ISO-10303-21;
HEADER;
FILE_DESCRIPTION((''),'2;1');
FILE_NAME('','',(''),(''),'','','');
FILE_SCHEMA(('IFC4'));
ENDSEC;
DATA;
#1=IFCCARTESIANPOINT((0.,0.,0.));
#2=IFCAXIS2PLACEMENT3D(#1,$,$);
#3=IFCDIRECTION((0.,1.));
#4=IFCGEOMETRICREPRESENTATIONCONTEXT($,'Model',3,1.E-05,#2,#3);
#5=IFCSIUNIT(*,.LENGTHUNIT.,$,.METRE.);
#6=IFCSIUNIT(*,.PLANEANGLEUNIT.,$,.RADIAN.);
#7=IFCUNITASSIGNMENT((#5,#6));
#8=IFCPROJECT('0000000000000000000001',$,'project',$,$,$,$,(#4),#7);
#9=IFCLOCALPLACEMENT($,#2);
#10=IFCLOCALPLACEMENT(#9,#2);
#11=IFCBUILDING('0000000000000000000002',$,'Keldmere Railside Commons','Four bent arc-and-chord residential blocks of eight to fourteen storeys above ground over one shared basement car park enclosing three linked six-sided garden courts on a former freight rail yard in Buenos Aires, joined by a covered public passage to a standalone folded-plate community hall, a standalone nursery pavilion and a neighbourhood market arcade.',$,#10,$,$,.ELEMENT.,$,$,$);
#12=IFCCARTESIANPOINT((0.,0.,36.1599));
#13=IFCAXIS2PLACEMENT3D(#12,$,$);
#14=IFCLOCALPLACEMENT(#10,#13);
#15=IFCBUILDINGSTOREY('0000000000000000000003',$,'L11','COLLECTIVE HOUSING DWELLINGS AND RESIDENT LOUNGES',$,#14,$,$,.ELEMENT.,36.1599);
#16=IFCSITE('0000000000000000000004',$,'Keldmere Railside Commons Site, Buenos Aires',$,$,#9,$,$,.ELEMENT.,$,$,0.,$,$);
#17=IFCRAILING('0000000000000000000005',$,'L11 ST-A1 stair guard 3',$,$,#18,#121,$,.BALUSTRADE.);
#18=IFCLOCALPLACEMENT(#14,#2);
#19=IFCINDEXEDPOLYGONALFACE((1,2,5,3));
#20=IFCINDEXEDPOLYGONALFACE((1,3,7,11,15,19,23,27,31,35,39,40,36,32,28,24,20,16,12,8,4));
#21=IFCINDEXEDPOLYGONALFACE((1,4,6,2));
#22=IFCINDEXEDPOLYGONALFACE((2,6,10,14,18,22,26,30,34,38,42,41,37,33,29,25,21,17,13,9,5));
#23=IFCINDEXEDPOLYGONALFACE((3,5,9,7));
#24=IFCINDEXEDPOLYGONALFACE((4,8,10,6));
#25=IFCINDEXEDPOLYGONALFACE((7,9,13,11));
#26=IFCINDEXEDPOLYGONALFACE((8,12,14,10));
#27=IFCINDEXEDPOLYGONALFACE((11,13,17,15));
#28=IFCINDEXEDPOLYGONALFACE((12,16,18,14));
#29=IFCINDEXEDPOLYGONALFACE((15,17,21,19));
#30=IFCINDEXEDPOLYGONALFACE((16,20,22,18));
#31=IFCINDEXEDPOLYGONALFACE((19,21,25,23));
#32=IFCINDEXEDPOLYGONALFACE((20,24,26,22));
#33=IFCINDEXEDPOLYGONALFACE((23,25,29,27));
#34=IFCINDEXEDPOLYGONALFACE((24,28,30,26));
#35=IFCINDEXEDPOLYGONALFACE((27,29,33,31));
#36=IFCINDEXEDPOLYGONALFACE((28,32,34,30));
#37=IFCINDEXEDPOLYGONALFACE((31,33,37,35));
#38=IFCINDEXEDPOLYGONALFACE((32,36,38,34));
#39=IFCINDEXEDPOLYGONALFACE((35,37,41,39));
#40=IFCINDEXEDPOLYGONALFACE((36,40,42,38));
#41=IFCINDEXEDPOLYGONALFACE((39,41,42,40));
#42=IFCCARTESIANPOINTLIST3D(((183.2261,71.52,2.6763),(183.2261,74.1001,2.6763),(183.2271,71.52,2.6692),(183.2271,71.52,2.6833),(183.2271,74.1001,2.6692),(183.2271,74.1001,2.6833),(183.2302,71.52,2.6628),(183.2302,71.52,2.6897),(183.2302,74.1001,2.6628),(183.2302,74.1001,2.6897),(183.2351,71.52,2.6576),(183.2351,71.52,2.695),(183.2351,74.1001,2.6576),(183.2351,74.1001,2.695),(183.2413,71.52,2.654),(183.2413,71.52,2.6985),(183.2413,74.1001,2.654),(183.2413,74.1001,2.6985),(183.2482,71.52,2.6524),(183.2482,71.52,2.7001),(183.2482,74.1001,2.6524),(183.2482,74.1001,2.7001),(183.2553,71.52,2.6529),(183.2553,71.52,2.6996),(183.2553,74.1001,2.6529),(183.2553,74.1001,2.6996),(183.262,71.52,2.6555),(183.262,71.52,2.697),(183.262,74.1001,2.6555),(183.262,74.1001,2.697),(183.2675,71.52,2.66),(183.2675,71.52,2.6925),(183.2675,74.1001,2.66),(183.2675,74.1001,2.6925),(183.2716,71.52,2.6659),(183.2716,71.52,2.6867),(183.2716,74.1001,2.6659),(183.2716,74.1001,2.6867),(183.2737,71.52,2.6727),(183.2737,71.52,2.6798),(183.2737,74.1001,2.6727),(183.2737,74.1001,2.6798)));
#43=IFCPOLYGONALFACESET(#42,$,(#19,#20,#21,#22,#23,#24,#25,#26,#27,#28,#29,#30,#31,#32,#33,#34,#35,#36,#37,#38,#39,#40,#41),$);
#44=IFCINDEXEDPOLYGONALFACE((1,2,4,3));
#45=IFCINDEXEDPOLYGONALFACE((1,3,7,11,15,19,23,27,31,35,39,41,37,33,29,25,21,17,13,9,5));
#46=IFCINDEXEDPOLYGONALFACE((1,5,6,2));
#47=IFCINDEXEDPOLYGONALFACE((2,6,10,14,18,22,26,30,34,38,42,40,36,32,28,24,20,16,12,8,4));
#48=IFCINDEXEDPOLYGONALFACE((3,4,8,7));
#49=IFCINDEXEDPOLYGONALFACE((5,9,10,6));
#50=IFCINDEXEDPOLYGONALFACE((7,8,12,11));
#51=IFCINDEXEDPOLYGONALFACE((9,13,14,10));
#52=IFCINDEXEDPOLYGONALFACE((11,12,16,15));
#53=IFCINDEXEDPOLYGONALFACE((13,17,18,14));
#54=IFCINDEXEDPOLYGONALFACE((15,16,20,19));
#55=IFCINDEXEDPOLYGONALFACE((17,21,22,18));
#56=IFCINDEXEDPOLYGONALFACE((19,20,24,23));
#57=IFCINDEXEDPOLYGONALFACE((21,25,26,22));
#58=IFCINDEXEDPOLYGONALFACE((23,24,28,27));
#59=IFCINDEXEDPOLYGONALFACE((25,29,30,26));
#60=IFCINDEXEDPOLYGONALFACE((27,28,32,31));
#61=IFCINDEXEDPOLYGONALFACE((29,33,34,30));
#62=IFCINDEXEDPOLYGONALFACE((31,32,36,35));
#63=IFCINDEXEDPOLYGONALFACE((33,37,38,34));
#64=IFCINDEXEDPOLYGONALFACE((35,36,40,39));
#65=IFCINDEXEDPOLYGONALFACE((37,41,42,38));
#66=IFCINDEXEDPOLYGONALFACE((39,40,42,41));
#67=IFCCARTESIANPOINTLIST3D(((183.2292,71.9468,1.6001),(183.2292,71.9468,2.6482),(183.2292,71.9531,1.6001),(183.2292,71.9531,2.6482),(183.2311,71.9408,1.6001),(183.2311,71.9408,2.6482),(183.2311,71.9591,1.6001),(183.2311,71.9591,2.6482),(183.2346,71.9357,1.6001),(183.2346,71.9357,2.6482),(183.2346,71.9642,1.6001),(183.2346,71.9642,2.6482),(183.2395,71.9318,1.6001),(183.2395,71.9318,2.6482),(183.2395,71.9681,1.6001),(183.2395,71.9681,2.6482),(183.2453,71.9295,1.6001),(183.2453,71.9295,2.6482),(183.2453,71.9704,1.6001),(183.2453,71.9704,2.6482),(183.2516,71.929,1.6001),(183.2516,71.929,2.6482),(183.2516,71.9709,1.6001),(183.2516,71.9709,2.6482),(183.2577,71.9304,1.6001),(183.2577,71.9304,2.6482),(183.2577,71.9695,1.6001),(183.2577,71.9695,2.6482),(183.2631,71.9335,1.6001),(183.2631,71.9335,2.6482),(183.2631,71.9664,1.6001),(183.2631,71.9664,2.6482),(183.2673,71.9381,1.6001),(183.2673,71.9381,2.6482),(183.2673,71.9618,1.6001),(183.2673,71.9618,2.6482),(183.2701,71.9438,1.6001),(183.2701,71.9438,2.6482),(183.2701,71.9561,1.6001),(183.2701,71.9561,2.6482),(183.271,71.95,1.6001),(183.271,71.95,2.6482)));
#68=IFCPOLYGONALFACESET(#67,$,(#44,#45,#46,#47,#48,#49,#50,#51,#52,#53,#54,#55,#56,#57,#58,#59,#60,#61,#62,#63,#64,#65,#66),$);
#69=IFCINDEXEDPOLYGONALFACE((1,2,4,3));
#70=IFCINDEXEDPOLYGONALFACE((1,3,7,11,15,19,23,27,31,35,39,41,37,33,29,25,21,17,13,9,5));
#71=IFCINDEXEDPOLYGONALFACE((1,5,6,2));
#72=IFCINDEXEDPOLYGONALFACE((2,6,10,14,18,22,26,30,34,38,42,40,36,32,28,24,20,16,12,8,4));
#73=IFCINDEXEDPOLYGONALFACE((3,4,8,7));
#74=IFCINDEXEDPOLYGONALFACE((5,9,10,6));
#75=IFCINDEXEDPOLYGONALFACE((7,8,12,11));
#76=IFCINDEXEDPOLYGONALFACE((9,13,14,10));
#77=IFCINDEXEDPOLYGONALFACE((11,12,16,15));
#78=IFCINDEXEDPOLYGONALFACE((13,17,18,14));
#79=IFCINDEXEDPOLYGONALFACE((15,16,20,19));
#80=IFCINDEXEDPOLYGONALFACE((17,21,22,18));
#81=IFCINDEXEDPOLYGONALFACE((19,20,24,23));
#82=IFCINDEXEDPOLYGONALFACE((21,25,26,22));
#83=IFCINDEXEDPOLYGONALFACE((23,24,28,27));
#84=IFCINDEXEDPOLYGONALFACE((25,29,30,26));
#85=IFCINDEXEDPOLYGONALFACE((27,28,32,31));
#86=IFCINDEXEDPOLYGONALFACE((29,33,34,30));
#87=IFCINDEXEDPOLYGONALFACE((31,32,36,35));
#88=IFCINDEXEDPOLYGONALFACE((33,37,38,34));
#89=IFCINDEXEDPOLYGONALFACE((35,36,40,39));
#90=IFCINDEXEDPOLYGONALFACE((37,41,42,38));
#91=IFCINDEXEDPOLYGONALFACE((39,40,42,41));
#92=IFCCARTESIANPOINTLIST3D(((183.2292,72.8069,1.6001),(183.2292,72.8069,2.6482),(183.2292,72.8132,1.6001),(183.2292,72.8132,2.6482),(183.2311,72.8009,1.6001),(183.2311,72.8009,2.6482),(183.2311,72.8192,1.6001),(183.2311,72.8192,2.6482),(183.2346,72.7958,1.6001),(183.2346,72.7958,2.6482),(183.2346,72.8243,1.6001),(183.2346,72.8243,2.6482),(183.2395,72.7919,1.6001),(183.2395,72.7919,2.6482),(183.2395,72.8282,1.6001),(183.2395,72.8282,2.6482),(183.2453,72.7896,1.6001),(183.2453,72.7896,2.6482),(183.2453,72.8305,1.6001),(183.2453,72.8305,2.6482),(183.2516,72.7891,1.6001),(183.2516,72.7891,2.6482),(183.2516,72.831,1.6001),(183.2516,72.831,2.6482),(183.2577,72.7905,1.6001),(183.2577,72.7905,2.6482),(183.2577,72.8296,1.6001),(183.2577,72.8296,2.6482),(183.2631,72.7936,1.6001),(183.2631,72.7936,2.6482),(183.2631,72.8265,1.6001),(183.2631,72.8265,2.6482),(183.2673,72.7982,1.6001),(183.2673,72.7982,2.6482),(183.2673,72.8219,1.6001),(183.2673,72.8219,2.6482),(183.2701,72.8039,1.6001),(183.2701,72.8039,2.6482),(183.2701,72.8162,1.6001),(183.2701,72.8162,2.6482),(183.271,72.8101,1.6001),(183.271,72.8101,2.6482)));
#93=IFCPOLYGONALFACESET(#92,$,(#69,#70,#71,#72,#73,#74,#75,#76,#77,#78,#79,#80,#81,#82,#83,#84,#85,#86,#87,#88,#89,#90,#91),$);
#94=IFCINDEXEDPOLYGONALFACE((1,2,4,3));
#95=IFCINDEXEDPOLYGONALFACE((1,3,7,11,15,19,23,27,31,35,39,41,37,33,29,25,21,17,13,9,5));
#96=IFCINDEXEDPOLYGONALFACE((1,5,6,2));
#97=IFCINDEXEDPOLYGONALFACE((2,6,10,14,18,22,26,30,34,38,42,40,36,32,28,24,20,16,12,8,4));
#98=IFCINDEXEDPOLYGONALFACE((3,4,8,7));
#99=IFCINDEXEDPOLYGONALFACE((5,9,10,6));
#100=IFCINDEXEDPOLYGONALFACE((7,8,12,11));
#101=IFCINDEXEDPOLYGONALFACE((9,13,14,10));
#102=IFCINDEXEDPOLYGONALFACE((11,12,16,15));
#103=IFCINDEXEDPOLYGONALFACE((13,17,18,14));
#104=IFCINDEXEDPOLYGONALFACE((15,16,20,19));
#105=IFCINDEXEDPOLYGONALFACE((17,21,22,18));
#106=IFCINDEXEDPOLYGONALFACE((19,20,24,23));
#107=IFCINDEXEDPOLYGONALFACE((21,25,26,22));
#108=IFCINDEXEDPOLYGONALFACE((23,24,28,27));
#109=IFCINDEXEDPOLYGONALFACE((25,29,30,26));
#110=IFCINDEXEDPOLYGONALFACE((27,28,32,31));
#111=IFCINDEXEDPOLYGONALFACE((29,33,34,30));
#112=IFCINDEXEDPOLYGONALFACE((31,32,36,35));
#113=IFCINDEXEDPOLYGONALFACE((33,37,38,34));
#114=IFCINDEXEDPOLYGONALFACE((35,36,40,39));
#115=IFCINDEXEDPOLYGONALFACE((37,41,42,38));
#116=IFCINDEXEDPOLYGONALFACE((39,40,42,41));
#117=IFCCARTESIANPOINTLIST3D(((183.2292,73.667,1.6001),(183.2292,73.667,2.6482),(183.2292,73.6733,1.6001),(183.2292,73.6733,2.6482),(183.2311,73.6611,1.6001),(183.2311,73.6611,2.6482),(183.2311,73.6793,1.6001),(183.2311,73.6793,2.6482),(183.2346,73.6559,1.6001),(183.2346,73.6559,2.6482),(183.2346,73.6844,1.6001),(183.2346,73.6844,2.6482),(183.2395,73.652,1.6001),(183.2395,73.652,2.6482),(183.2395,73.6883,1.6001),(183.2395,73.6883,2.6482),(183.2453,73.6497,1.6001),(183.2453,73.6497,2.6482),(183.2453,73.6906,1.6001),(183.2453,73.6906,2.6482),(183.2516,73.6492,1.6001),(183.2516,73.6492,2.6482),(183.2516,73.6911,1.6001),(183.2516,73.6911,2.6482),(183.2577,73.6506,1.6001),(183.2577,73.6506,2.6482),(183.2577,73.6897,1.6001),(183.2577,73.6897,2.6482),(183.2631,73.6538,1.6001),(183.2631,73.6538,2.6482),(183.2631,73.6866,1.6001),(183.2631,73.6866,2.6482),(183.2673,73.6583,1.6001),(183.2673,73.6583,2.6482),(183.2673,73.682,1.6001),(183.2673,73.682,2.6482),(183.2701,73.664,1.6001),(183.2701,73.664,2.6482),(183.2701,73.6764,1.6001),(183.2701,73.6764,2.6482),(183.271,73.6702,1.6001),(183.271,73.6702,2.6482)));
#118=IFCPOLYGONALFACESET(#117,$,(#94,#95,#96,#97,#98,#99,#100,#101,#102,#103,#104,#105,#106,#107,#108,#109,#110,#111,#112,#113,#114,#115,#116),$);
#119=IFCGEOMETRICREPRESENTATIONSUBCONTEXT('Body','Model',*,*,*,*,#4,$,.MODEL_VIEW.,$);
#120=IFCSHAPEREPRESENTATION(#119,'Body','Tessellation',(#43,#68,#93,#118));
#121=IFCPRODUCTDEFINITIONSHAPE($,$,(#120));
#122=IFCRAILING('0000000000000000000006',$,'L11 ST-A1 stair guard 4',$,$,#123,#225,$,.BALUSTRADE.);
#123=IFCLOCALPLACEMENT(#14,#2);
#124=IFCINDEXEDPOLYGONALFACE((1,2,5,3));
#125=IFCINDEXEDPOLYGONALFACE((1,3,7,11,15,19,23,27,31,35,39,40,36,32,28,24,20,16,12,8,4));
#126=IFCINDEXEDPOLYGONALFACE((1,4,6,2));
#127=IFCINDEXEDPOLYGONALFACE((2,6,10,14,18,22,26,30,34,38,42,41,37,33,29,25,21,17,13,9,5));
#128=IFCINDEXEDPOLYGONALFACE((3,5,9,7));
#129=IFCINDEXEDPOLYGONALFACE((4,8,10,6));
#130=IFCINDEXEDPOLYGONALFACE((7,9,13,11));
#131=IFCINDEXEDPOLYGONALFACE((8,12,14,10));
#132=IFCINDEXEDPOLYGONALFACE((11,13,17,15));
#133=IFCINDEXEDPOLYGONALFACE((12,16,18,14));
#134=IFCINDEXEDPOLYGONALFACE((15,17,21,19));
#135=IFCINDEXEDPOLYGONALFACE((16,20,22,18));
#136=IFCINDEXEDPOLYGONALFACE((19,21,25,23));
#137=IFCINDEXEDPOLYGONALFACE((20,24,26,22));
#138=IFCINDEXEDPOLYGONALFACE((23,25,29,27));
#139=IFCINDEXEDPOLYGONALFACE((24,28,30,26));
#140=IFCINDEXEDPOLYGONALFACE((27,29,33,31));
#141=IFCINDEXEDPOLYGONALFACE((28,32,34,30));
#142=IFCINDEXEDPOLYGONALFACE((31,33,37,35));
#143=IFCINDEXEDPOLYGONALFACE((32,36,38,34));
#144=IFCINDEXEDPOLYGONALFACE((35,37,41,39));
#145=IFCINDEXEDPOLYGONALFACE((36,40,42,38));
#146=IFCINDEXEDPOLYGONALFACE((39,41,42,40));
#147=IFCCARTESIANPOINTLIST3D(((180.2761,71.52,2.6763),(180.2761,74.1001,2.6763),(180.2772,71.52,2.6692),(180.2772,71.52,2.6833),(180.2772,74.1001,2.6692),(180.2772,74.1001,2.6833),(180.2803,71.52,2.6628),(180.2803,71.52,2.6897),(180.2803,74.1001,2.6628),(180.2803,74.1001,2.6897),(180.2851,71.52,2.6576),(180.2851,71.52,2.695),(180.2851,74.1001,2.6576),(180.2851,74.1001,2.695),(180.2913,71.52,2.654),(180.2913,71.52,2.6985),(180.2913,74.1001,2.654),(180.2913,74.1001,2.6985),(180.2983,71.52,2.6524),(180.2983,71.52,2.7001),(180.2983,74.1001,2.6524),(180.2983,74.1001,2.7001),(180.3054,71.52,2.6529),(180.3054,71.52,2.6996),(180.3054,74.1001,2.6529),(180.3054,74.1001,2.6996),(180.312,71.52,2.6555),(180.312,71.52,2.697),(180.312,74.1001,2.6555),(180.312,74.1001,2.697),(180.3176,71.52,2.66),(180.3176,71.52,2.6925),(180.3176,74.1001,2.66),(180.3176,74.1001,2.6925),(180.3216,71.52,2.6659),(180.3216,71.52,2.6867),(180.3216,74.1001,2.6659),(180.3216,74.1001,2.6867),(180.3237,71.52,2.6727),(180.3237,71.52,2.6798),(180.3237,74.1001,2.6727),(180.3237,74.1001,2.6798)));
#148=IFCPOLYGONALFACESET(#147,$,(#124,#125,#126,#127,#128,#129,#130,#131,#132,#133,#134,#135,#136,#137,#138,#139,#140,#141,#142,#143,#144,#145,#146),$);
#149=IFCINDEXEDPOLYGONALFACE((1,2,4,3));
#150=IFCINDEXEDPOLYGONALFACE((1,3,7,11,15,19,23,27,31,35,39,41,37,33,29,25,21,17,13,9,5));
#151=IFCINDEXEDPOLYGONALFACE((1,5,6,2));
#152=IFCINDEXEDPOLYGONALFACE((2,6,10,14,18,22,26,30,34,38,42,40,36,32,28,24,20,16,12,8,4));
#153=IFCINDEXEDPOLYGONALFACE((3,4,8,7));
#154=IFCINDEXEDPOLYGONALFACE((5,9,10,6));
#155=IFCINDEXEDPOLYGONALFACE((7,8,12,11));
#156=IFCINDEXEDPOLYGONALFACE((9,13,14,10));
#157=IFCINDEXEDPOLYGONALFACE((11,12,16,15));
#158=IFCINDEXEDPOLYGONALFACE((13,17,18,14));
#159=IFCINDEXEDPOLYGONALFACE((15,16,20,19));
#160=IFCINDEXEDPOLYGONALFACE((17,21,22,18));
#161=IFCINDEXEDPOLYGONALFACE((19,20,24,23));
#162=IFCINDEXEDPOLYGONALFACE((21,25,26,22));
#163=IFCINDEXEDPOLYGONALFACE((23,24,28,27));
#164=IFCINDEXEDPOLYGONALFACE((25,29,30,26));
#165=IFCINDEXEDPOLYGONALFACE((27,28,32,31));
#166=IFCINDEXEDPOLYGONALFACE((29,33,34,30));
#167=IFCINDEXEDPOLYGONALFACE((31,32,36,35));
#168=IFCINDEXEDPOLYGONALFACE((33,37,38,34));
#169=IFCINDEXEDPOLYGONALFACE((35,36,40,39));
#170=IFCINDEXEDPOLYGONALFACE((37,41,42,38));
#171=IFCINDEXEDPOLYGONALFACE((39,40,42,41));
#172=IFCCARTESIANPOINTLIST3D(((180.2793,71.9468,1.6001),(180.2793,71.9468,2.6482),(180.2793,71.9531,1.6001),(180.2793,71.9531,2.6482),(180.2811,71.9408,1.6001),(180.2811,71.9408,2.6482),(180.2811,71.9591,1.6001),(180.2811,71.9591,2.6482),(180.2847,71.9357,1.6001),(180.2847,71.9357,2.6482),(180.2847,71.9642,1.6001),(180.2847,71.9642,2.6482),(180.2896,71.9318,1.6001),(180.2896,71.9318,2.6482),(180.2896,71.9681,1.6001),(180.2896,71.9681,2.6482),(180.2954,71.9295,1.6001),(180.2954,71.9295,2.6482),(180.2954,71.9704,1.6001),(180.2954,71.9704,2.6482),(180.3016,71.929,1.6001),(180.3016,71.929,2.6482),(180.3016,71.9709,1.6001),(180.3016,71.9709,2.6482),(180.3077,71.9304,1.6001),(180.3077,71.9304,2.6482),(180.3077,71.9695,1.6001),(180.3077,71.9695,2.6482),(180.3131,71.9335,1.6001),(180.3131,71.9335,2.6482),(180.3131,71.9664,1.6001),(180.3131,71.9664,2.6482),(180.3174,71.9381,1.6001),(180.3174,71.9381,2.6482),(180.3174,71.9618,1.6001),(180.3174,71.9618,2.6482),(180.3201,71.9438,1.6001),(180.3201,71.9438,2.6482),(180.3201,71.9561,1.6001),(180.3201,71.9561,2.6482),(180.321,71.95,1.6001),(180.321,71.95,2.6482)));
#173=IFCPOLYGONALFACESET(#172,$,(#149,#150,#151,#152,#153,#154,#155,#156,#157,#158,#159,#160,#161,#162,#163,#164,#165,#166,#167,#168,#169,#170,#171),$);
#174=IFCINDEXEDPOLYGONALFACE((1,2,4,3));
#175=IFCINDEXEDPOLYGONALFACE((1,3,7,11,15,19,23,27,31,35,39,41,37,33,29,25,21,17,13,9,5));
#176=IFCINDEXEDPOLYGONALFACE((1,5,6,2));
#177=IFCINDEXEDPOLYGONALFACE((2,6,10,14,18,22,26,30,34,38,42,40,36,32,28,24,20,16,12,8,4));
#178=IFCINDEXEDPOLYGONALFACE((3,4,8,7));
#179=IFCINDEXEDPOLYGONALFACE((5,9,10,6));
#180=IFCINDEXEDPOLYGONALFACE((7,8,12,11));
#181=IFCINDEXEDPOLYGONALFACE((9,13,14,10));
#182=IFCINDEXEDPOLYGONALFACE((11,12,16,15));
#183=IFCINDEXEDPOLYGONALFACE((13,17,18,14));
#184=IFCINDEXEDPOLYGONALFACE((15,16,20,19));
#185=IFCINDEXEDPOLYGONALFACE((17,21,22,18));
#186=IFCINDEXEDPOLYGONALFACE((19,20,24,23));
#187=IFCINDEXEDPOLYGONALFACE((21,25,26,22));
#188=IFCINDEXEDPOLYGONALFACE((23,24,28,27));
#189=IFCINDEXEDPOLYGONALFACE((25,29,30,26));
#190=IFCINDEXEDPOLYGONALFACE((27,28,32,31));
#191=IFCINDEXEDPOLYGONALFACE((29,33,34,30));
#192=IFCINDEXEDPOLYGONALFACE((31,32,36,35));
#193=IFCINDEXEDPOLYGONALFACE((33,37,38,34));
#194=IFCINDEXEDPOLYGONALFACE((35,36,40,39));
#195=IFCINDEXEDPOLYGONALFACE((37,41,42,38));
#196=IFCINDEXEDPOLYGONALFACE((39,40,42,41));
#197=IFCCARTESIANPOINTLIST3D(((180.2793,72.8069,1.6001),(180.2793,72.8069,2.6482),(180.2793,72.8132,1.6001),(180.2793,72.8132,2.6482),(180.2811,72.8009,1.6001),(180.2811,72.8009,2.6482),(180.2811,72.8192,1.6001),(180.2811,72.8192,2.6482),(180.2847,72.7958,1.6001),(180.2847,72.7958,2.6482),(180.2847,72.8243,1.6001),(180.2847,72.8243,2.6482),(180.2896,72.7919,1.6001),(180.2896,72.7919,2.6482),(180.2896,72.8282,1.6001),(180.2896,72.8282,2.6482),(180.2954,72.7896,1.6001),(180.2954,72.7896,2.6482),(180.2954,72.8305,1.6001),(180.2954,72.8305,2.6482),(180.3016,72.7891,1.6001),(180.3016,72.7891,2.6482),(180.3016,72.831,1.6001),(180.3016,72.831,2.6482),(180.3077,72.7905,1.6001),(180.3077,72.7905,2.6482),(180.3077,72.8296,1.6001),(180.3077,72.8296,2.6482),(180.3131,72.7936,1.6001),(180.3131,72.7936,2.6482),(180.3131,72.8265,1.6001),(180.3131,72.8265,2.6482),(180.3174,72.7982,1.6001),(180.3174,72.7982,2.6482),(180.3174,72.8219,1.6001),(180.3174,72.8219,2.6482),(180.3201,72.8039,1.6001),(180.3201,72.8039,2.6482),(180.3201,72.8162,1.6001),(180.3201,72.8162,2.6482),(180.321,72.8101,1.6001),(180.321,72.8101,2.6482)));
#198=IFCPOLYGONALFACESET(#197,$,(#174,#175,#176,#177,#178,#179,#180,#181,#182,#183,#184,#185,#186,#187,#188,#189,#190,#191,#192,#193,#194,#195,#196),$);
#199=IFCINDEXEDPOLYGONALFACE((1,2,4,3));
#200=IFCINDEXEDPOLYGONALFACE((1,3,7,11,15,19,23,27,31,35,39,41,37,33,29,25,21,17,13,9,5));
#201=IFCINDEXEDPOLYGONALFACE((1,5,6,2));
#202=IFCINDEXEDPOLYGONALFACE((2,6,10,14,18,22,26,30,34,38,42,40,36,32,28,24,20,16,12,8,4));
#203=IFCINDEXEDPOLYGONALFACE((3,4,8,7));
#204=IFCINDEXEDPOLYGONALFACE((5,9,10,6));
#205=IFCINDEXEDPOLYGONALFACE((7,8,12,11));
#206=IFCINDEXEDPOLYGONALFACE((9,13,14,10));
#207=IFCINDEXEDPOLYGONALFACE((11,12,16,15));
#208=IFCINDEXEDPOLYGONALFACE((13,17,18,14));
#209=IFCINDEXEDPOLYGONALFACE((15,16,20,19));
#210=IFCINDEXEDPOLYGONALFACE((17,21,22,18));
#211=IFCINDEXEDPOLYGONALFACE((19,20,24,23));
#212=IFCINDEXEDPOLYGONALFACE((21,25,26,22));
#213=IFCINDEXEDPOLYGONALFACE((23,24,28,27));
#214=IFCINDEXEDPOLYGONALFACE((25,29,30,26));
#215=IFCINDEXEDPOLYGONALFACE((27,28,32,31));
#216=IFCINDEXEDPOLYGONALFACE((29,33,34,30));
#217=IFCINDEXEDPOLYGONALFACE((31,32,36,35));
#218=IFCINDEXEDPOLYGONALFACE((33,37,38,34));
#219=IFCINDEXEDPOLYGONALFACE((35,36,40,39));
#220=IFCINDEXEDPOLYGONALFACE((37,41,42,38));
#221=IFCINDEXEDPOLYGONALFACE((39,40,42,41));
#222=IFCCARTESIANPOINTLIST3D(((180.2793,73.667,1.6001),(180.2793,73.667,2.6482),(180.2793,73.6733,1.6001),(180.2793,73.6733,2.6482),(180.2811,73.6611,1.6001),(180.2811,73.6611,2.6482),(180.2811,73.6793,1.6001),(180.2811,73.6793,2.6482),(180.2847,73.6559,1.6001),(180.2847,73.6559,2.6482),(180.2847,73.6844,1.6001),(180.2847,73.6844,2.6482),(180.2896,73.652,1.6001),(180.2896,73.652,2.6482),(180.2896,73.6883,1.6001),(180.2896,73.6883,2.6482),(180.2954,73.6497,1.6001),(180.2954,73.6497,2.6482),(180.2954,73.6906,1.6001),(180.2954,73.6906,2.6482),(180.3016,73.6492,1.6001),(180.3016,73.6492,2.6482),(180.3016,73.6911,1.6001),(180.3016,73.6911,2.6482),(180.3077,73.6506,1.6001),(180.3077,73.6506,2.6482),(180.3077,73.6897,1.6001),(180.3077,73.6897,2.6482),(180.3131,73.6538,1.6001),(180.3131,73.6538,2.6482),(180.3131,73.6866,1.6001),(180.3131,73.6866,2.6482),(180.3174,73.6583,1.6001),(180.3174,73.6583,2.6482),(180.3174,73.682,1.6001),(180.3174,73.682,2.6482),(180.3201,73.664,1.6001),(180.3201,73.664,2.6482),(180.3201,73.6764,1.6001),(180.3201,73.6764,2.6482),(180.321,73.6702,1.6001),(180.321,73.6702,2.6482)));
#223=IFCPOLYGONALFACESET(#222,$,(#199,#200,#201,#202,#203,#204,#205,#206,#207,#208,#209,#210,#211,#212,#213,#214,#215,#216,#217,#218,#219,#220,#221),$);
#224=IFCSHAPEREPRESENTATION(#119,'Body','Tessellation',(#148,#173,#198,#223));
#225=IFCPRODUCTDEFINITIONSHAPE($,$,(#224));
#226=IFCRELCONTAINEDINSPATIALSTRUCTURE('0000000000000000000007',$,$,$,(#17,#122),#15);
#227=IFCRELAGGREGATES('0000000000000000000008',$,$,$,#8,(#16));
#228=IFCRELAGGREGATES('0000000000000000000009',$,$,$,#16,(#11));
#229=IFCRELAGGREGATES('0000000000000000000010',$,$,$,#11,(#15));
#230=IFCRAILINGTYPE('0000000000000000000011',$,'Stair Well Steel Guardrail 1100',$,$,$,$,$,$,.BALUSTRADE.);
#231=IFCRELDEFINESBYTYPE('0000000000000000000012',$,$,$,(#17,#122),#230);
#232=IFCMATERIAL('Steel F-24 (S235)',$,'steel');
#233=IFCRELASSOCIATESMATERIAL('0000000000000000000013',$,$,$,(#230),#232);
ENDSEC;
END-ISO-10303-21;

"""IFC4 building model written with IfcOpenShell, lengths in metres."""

from ifc_helpers import new_model, si_unit, direction, frame, origin, origin_2d, place, context, subcontext, project, spatial, circle, extrude, material, type_object, element, save


model = new_model("IFC4")

# Units and contexts
model_context = context("Model", 3, precision=1e-05, world=origin(), true_north=direction((0.0, 1.0)))
body_context = subcontext(model_context, "Body", "Model", "MODEL_VIEW")
ifc_project = project(units=[si_unit("LENGTHUNIT", "METRE"), si_unit("PLANEANGLEUNIT", "RADIAN")], contexts=[model_context])

# Site, building, storey
site_placement = place(None, origin())
site = spatial("IfcSite", under=ifc_project, at=site_placement, Name="Keldmere Railside Commons Site, Buenos Aires", CompositionType="ELEMENT", RefElevation=0.0)
building_placement = place(site_placement, origin())
building = spatial("IfcBuilding", under=site, at=building_placement, Name="Keldmere Railside Commons", Description="Four bent arc-and-chord residential blocks of eight to fourteen storeys above ground over one shared basement car park enclosing three linked six-sided garden courts on a former freight rail yard in Buenos Aires, joined by a covered public passage to a standalone folded-plate community hall, a standalone nursery pavilion and a neighbourhood market arcade.", CompositionType="ELEMENT")
storey_placement = place(building_placement, frame((0.0, 0.0, 36.1599)))
storey = spatial("IfcBuildingStorey", under=building, at=storey_placement, Name="L11", Description="COLLECTIVE HOUSING DWELLINGS AND RESIDENT LOUNGES", CompositionType="ELEMENT", Elevation=36.1599)

# Shared definitions
ifc_material_1 = material(Name="Steel F-24 (S235)", Category="steel")

# Railings
railing_type_1 = type_object("IfcRailingType", Name="Stair Well Steel Guardrail 1100", PredefinedType="BALUSTRADE", material=ifc_material_1)
for number, where, name in (
    (1, (183.25, 71.52, 1.6001), "L11 ST-A1 stair guard 3"),
    (2, (180.3, 71.52, 1.6001), "L11 ST-A1 stair guard 4"),
):
    element("IfcRailing", number, at=place(storey_placement, frame(where)), inside=storey, type_object=railing_type_1, Name=name, PredefinedType="BALUSTRADE", context=body_context, shape_type="SweptSolid", body=[
        extrude(circle(Radius=0.0239, at=origin_2d()), frame((0.0, 0.0, 1.0762), z_axis=(0.0, 1.0, 0.0), x_axis=(-1.0, 0.0, 0.0)), (0.0, 0.0, 1.0), 2.5801),
        extrude(circle(Radius=0.021, at=origin_2d()), frame((0.0, 0.4299, 0.0)), (0.0, 0.0, 1.0), 1.0481),
        extrude(circle(Radius=0.021, at=origin_2d()), frame((0.0, 1.29, 0.0)), (0.0, 0.0, 1.0), 1.0481),
        extrude(circle(Radius=0.021, at=origin_2d()), frame((0.0, 2.1501, 0.0)), (0.0, 0.0, 1.0), 1.0481),
    ])

save(model, "model.ifc")
